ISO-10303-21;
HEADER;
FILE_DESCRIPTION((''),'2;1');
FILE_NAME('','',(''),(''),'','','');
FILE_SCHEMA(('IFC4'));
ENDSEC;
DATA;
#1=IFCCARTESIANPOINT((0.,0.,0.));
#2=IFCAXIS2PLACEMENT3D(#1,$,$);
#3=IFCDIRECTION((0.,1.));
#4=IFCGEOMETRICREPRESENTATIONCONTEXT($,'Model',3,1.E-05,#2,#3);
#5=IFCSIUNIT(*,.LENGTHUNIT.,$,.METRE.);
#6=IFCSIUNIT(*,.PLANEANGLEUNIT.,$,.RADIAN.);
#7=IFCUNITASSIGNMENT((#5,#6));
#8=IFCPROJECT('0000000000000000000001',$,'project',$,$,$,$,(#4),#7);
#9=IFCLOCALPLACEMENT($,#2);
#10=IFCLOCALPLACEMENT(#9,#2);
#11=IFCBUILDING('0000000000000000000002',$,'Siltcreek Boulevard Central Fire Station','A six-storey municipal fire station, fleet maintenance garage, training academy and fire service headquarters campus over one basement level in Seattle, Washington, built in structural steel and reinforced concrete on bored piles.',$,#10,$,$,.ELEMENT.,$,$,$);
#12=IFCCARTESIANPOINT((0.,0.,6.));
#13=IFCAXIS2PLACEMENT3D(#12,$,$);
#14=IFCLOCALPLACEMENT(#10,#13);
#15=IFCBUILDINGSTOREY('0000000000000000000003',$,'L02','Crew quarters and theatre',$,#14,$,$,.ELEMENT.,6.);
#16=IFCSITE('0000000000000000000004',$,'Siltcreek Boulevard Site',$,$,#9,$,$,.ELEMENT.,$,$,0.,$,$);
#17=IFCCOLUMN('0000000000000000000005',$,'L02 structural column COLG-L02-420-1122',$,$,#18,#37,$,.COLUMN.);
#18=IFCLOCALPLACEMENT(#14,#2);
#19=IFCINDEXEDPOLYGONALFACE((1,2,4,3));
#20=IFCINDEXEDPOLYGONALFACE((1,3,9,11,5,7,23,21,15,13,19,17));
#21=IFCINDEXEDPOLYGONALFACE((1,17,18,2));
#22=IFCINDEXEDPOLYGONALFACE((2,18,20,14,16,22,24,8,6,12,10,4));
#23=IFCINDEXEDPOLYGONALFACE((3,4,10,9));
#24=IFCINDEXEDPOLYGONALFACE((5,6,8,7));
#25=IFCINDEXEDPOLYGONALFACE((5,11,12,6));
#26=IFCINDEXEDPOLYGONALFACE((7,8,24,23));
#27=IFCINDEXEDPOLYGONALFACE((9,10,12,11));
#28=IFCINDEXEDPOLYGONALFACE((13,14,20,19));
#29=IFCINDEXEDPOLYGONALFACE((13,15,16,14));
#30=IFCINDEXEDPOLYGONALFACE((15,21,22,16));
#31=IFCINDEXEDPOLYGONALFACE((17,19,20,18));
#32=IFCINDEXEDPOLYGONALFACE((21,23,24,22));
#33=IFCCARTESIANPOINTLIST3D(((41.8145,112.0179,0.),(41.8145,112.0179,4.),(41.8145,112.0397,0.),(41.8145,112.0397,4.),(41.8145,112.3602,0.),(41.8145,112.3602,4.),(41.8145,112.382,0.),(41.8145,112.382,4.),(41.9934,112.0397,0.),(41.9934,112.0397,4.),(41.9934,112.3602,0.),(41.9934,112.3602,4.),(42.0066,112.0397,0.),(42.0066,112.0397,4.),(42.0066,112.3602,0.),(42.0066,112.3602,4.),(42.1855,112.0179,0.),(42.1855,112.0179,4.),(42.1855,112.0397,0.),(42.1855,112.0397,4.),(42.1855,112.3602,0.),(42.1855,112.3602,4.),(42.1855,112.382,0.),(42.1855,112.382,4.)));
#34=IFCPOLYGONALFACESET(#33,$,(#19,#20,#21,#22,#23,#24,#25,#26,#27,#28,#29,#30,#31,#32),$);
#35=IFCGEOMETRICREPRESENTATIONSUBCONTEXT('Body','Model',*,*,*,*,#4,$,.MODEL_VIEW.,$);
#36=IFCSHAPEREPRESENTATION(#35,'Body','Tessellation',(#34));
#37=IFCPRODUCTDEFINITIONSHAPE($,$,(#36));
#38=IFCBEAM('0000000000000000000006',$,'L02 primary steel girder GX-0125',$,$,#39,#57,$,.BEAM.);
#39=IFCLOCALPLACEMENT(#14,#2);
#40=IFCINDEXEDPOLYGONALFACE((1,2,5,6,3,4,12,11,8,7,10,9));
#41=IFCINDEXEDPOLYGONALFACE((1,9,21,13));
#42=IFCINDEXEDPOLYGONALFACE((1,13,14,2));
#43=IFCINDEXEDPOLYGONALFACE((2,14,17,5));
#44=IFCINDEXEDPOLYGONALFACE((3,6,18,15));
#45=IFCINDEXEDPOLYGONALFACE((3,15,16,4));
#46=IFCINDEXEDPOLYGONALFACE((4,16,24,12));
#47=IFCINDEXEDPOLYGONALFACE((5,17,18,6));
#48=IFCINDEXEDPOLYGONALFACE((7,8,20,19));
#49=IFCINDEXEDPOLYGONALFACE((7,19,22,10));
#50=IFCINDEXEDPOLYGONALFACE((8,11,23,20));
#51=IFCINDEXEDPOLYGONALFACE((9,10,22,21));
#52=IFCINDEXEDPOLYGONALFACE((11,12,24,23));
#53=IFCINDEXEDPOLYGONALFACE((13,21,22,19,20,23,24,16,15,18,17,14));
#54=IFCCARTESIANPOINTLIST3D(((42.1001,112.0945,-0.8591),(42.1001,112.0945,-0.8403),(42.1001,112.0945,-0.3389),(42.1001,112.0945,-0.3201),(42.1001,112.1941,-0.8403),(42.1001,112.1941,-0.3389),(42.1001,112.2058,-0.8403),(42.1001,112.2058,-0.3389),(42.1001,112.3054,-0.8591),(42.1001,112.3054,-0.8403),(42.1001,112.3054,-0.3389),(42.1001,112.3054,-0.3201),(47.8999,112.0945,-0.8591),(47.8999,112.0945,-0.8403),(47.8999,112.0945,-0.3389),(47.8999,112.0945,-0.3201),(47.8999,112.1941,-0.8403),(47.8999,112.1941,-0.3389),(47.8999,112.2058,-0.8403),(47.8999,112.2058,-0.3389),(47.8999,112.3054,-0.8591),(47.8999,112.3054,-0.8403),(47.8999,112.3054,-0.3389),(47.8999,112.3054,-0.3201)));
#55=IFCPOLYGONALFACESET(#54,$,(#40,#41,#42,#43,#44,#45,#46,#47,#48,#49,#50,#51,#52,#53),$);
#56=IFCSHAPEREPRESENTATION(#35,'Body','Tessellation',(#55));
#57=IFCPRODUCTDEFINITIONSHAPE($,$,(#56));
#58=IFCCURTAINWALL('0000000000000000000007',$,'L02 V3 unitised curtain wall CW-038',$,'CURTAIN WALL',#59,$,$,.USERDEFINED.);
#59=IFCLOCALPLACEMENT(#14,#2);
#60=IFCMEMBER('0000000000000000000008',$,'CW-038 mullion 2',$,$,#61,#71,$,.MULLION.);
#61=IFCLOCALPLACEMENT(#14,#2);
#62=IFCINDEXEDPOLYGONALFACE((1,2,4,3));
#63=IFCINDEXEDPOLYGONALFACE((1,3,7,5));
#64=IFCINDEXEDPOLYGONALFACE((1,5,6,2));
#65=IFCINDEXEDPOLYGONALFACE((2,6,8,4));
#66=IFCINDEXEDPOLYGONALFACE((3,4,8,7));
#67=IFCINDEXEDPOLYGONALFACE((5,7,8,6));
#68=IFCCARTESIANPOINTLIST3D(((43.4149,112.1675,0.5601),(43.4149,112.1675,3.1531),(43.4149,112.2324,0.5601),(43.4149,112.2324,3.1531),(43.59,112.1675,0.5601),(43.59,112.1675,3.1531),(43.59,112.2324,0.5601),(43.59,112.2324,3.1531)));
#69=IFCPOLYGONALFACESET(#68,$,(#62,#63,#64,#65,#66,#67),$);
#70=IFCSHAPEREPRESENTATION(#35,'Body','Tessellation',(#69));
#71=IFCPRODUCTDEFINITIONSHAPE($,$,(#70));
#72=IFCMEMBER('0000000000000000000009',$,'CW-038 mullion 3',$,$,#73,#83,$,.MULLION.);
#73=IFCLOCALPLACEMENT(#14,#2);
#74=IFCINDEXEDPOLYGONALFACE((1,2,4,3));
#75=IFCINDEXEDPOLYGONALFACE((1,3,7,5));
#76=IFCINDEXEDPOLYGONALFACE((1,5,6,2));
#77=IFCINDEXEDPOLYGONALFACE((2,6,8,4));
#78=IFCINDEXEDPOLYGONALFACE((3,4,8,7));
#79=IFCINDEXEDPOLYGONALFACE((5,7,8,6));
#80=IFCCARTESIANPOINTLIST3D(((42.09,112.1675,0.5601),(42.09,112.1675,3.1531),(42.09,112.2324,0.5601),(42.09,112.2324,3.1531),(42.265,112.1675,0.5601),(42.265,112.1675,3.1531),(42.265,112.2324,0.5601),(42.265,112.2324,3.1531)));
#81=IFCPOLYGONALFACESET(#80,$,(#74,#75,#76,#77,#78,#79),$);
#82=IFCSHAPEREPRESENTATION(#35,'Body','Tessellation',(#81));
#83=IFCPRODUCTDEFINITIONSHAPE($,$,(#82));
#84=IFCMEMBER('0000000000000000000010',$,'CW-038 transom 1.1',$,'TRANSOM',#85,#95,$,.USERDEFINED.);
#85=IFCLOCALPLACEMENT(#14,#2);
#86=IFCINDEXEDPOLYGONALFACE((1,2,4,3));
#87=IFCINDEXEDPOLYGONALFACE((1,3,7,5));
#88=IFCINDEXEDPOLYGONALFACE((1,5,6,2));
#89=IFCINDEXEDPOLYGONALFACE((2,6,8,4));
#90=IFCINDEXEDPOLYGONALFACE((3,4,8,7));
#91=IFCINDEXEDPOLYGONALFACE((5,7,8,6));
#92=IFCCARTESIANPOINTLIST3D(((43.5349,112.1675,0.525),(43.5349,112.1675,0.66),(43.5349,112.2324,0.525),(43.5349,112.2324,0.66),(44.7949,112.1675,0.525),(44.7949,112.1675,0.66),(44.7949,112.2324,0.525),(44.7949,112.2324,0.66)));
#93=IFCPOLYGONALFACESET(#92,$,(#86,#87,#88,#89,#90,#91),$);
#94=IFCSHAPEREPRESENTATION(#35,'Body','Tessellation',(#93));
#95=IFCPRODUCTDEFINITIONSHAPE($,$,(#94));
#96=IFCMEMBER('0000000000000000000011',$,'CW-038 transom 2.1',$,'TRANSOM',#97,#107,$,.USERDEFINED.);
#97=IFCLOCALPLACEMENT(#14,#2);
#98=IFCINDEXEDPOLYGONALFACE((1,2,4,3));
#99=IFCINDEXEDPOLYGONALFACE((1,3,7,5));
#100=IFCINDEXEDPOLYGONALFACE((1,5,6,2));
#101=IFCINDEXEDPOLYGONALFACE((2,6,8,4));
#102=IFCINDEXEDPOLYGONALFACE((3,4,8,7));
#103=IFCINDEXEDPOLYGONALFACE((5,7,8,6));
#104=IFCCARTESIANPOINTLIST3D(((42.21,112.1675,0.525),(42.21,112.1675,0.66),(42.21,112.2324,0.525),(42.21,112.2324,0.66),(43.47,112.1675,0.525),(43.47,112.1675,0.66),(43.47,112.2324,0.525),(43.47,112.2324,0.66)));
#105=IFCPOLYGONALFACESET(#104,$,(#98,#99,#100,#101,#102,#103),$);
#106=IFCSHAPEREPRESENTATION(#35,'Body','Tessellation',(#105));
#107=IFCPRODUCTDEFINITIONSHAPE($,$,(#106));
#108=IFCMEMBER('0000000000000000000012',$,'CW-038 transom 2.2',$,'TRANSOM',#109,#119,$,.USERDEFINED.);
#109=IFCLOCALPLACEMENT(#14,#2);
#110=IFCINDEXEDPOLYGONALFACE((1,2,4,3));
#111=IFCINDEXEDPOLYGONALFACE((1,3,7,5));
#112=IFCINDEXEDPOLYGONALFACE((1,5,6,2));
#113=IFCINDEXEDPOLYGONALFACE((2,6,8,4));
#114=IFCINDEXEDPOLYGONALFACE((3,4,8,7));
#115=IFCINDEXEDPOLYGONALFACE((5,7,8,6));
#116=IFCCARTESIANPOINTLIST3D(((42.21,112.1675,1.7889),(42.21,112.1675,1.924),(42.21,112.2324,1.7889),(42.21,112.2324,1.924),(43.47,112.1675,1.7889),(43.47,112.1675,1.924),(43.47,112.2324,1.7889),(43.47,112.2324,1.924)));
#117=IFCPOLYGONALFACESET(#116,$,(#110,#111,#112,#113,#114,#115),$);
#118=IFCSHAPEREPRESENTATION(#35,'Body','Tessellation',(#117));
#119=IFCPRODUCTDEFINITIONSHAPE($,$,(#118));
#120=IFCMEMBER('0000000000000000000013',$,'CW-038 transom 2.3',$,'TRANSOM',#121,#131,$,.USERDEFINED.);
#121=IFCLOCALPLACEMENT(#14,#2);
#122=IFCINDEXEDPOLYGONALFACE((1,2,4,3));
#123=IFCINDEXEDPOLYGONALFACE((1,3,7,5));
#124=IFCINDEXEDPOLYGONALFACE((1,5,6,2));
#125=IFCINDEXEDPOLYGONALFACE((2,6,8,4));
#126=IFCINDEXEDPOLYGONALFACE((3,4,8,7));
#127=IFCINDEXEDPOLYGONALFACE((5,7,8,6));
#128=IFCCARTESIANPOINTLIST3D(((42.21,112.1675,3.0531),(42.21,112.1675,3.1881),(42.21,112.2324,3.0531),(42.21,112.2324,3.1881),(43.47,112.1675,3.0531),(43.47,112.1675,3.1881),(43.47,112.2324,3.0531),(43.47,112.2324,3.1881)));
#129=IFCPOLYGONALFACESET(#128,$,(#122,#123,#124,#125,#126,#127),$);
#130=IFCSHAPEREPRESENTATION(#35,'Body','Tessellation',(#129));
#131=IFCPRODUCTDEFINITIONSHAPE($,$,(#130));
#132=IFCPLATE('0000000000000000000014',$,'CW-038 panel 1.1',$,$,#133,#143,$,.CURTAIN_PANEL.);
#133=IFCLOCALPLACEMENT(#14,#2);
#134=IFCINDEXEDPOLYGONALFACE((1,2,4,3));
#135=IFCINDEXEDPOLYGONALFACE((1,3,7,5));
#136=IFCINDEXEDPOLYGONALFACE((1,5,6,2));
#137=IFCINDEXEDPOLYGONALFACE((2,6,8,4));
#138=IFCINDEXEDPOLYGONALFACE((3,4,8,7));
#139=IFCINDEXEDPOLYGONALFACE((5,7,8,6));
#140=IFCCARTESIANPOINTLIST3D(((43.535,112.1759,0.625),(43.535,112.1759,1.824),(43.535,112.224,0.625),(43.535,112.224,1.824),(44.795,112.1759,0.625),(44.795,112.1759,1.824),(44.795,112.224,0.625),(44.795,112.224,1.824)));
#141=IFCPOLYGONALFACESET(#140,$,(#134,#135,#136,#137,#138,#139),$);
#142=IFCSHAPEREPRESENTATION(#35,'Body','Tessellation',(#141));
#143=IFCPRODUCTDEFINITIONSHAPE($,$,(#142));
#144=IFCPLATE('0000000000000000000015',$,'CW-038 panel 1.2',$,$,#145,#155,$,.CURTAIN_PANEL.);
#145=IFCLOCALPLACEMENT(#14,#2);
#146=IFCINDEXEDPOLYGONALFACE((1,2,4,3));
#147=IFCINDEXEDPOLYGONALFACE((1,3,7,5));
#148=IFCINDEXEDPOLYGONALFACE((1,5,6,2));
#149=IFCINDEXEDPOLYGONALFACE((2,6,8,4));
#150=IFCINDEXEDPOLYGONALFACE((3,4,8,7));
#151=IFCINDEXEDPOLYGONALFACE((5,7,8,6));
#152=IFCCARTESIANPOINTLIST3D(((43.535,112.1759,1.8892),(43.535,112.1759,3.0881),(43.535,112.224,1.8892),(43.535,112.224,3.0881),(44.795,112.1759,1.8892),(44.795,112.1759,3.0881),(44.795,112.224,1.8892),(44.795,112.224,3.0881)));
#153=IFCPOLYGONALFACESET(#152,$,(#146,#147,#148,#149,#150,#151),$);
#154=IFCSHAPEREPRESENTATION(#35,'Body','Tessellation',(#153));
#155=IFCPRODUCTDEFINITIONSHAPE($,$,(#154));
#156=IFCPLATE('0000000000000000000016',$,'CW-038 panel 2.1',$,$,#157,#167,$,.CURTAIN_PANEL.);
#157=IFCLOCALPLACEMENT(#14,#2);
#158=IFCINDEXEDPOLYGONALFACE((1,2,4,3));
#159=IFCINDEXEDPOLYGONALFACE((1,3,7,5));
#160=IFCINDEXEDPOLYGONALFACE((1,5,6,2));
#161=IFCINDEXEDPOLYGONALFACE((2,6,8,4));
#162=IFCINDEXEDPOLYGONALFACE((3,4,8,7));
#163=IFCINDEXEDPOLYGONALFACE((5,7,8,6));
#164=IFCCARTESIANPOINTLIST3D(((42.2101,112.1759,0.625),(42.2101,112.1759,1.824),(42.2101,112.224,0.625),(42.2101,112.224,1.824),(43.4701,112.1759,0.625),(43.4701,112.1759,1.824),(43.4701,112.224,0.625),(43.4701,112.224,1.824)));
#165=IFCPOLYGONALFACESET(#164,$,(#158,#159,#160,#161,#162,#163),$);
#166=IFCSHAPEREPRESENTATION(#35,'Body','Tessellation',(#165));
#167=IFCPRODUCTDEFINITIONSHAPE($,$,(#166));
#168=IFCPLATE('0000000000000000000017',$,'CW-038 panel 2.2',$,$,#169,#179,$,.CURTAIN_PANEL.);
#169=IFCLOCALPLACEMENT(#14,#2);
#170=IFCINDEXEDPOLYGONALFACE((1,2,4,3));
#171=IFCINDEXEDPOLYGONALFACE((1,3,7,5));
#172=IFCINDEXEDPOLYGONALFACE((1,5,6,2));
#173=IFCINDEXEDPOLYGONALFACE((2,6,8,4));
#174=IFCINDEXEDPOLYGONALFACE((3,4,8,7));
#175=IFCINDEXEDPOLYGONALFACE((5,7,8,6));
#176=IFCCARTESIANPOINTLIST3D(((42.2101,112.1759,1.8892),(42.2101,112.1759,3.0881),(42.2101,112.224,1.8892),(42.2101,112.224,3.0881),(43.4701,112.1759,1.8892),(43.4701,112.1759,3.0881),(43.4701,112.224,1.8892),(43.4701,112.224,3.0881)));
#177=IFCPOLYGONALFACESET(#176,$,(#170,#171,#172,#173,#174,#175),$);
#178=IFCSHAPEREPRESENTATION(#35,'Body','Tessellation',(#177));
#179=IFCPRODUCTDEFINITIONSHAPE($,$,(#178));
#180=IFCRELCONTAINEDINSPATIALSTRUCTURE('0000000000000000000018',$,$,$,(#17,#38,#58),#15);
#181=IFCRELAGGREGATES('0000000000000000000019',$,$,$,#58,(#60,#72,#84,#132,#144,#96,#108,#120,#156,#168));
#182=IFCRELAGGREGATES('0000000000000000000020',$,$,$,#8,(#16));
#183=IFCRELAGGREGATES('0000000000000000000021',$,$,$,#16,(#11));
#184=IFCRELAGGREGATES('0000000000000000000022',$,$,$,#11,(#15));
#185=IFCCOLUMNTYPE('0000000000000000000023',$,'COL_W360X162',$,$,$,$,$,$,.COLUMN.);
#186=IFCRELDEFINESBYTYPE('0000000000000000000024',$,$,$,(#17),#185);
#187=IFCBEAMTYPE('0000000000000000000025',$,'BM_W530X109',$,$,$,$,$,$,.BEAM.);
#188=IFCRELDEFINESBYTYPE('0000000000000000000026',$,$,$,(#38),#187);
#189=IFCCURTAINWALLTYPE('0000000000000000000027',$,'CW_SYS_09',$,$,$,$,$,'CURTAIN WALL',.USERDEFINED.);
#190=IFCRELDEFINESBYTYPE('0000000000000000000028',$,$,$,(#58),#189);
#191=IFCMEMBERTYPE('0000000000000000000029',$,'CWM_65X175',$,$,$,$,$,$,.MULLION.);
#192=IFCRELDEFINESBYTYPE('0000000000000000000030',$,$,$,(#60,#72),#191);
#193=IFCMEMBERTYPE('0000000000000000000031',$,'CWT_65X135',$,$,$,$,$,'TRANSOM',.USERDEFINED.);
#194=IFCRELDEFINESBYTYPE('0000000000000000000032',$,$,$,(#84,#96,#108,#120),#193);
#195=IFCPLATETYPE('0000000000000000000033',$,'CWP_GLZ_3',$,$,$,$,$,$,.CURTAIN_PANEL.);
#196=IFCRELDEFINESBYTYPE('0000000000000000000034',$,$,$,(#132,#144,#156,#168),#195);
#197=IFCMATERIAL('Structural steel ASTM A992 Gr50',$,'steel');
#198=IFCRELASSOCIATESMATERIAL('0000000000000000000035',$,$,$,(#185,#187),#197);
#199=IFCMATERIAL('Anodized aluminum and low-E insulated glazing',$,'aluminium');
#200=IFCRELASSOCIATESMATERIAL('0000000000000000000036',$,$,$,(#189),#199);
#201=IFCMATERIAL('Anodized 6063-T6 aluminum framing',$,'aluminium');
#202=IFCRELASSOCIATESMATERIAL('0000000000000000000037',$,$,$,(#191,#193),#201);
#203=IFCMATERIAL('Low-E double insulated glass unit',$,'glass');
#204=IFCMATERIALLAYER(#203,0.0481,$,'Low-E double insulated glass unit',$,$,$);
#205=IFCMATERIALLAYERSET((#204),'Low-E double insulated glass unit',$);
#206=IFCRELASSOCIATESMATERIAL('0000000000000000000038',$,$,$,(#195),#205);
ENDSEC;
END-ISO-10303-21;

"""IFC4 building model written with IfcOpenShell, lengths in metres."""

from ifc_helpers import new_model, si_unit, direction, frame, origin, origin_2d, place, context, subcontext, project, spatial, rectangle, i_section, extrude, material, layer, layer_set, material_profile, profile_set, type_object, element, aggregate, save


model = new_model("IFC4")

# Units and contexts
model_context = context("Model", 3, precision=1e-05, world=origin(), true_north=direction((0.0, 1.0)))
body_context = subcontext(model_context, "Body", "Model", "MODEL_VIEW")
ifc_project = project(units=[si_unit("LENGTHUNIT", "METRE"), si_unit("PLANEANGLEUNIT", "RADIAN")], contexts=[model_context])

# Site, building, storey
site_placement = place(None, origin())
site = spatial("IfcSite", under=ifc_project, at=site_placement, Name="Siltcreek Boulevard Site", CompositionType="ELEMENT", RefElevation=0.0)
building_placement = place(site_placement, origin())
building = spatial("IfcBuilding", under=site, at=building_placement, Name="Siltcreek Boulevard Central Fire Station", Description="A six-storey municipal fire station, fleet maintenance garage, training academy and fire service headquarters campus over one basement level in Seattle, Washington, built in structural steel and reinforced concrete on bored piles.", CompositionType="ELEMENT")
storey_placement = place(building_placement, frame((0.0, 0.0, 6.0)))
storey = spatial("IfcBuildingStorey", under=building, at=storey_placement, Name="L02", Description="Crew quarters and theatre", CompositionType="ELEMENT", Elevation=6.0)

# Column
ifc_material_1 = material(Name="Structural steel ASTM A992 Gr50", Category="steel")
ifc_material_profile_1 = material_profile(ifc_material_1, i_section(OverallWidth=0.3711, OverallDepth=0.364, WebThickness=0.0132, FlangeThickness=0.0217, at=origin_2d()), Name="W360X162")
ifc_profile_set_1 = profile_set([ifc_material_profile_1], Name="Structural steel ASTM A992 Gr50")
column_type = type_object("IfcColumnType", Name="COL_W360X162", PredefinedType="COLUMN", material=ifc_profile_set_1)
column_placement = place(storey_placement, frame((42.0, 112.2, 0.0), z_axis=(0.0, 0.0, 1.0), x_axis=(1.0, 0.0, 0.0)))
element("IfcColumn", 1, at=column_placement, inside=storey, type_object=column_type, Name="L02 structural column COLG-L02-420-1122", PredefinedType="COLUMN", context=body_context, shape_type="SweptSolid", body=[
    extrude(i_section(OverallWidth=0.3711, OverallDepth=0.364, WebThickness=0.0132, FlangeThickness=0.0217, at=origin_2d()), origin(), (0.0, 0.0, 1.0), 4.0),
])

# Beam
ifc_material_profile_2 = material_profile(ifc_material_1, i_section(OverallWidth=0.2109, OverallDepth=0.5391, WebThickness=0.0117, FlangeThickness=0.0188, at=origin_2d()), Name="W530X109")
ifc_profile_set_2 = profile_set([ifc_material_profile_2], Name="Structural steel ASTM A992 Gr50")
beam_type = type_object("IfcBeamType", Name="BM_W530X109", PredefinedType="BEAM", material=ifc_profile_set_2)
beam_placement = place(storey_placement, frame((42.1001, 112.2, -0.5896), z_axis=(1.0, 0.0, 0.0), x_axis=(0.0, 1.0, 0.0)))
element("IfcBeam", 2, at=beam_placement, inside=storey, type_object=beam_type, Name="L02 primary steel girder GX-0125", PredefinedType="BEAM", context=body_context, shape_type="SweptSolid", body=[
    extrude(i_section(OverallWidth=0.2109, OverallDepth=0.5391, WebThickness=0.0117, FlangeThickness=0.0188, at=origin_2d()), origin(), (0.0, 0.0, 1.0), 5.7998),
])

# Curtain wall, members, plates
ifc_material_2 = material(Name="Anodized aluminum and low-E insulated glazing", Category="aluminium")
curtain_wall_type = type_object("IfcCurtainWallType", Name="CW_SYS_09", ElementType="CURTAIN WALL", PredefinedType="USERDEFINED", material=ifc_material_2)
curtain_wall_placement = place(storey_placement, origin())
curtain_wall = element("IfcCurtainWall", 3, at=curtain_wall_placement, inside=storey, type_object=curtain_wall_type, Name="L02 V3 unitised curtain wall CW-038", ObjectType="CURTAIN WALL", PredefinedType="USERDEFINED")
ifc_material_3 = material(Name="Anodized 6063-T6 aluminum framing", Category="aluminium")
ifc_material_profile_3 = material_profile(ifc_material_3, rectangle(XDim=0.0649, YDim=0.175, at=origin_2d()), Name="MULL65X175")
ifc_profile_set_3 = profile_set([ifc_material_profile_3], Name="Anodized 6063-T6 aluminum framing")
member_type_1 = type_object("IfcMemberType", Name="CWM_65X175", PredefinedType="MULLION", material=ifc_profile_set_3)
member_1_placement = place(storey_placement, frame((43.5024, 112.2, 0.5601), z_axis=(0.0, 0.0, 1.0), x_axis=(0.0, -1.0, 0.0)))
member_1 = element("IfcMember", 4, at=member_1_placement, type_object=member_type_1, Name="CW-038 mullion 2", PredefinedType="MULLION", context=body_context, shape_type="SweptSolid", body=[
    extrude(rectangle(XDim=0.0649, YDim=0.175, at=origin_2d()), origin(), (0.0, 0.0, 1.0), 2.593),
])
member_2_placement = place(storey_placement, frame((42.1775, 112.2, 0.5601), z_axis=(0.0, 0.0, 1.0), x_axis=(0.0, -1.0, 0.0)))
member_2 = element("IfcMember", 5, at=member_2_placement, type_object=member_type_1, Name="CW-038 mullion 3", PredefinedType="MULLION", context=body_context, shape_type="SweptSolid", body=[
    extrude(rectangle(XDim=0.0649, YDim=0.175, at=origin_2d()), origin(), (0.0, 0.0, 1.0), 2.593),
])
ifc_material_profile_4 = material_profile(ifc_material_3, rectangle(XDim=0.0649, YDim=0.135, at=origin_2d()), Name="TRAN65X135")
ifc_profile_set_4 = profile_set([ifc_material_profile_4], Name="Anodized 6063-T6 aluminum framing")
member_type_2 = type_object("IfcMemberType", Name="CWT_65X135", ElementType="TRANSOM", PredefinedType="USERDEFINED", material=ifc_profile_set_4)
member_3_placement = place(storey_placement, frame((44.7949, 112.2, 0.5925), z_axis=(-1.0, 0.0, 0.0), x_axis=(0.0, -1.0, 0.0)))
member_3 = element("IfcMember", 6, at=member_3_placement, type_object=member_type_2, Name="CW-038 transom 1.1", ObjectType="TRANSOM", PredefinedType="USERDEFINED", context=body_context, shape_type="SweptSolid", body=[
    extrude(rectangle(XDim=0.0649, YDim=0.135, at=origin_2d()), origin(), (0.0, 0.0, 1.0), 1.26),
])
member_4_placement = place(storey_placement, frame((43.47, 112.2, 0.5925), z_axis=(-1.0, 0.0, 0.0), x_axis=(0.0, -1.0, 0.0)))
member_4 = element("IfcMember", 7, at=member_4_placement, type_object=member_type_2, Name="CW-038 transom 2.1", ObjectType="TRANSOM", PredefinedType="USERDEFINED", context=body_context, shape_type="SweptSolid", body=[
    extrude(rectangle(XDim=0.0649, YDim=0.135, at=origin_2d()), origin(), (0.0, 0.0, 1.0), 1.26),
])
member_5_placement = place(storey_placement, frame((43.47, 112.2, 1.8564), z_axis=(-1.0, 0.0, 0.0), x_axis=(0.0, -1.0, 0.0)))
member_5 = element("IfcMember", 8, at=member_5_placement, type_object=member_type_2, Name="CW-038 transom 2.2", ObjectType="TRANSOM", PredefinedType="USERDEFINED", context=body_context, shape_type="SweptSolid", body=[
    extrude(rectangle(XDim=0.0649, YDim=0.135, at=origin_2d()), origin(), (0.0, 0.0, 1.0), 1.26),
])
member_6_placement = place(storey_placement, frame((43.47, 112.2, 3.1206), z_axis=(-1.0, 0.0, 0.0), x_axis=(0.0, -1.0, 0.0)))
member_6 = element("IfcMember", 9, at=member_6_placement, type_object=member_type_2, Name="CW-038 transom 2.3", ObjectType="TRANSOM", PredefinedType="USERDEFINED", context=body_context, shape_type="SweptSolid", body=[
    extrude(rectangle(XDim=0.0649, YDim=0.135, at=origin_2d()), origin(), (0.0, 0.0, 1.0), 1.26),
])
ifc_material_4 = material(Name="Low-E double insulated glass unit", Category="glass")
ifc_layer_1 = layer(ifc_material_4, 0.0481, Name="Low-E double insulated glass unit")
ifc_layer_set_1 = layer_set([ifc_layer_1], Name="Low-E double insulated glass unit")
plate_type_1 = type_object("IfcPlateType", Name="CWP_GLZ_3", PredefinedType="CURTAIN_PANEL", material=ifc_layer_set_1)
plate_1_placement = place(storey_placement, frame((44.165, 112.2, 0.625), z_axis=(0.0, 0.0, 1.0), x_axis=(-1.0, 0.0, 0.0)))
plate_1 = element("IfcPlate", 10, at=plate_1_placement, type_object=plate_type_1, Name="CW-038 panel 1.1", PredefinedType="CURTAIN_PANEL", context=body_context, shape_type="SweptSolid", body=[
    extrude(rectangle(XDim=1.26, YDim=0.0481, at=origin_2d()), origin(), (0.0, 0.0, 1.0), 1.199),
])
plate_2_placement = place(storey_placement, frame((44.165, 112.2, 1.8892), z_axis=(0.0, 0.0, 1.0), x_axis=(-1.0, 0.0, 0.0)))
plate_2 = element("IfcPlate", 11, at=plate_2_placement, type_object=plate_type_1, Name="CW-038 panel 1.2", PredefinedType="CURTAIN_PANEL", context=body_context, shape_type="SweptSolid", body=[
    extrude(rectangle(XDim=1.26, YDim=0.0481, at=origin_2d()), origin(), (0.0, 0.0, 1.0), 1.199),
])
plate_3_placement = place(storey_placement, frame((42.8401, 112.2, 0.625), z_axis=(0.0, 0.0, 1.0), x_axis=(-1.0, 0.0, 0.0)))
plate_3 = element("IfcPlate", 12, at=plate_3_placement, type_object=plate_type_1, Name="CW-038 panel 2.1", PredefinedType="CURTAIN_PANEL", context=body_context, shape_type="SweptSolid", body=[
    extrude(rectangle(XDim=1.26, YDim=0.0481, at=origin_2d()), origin(), (0.0, 0.0, 1.0), 1.199),
])
plate_4_placement = place(storey_placement, frame((42.8401, 112.2, 1.8892), z_axis=(0.0, 0.0, 1.0), x_axis=(-1.0, 0.0, 0.0)))
plate_4 = element("IfcPlate", 13, at=plate_4_placement, type_object=plate_type_1, Name="CW-038 panel 2.2", PredefinedType="CURTAIN_PANEL", context=body_context, shape_type="SweptSolid", body=[
    extrude(rectangle(XDim=1.26, YDim=0.0481, at=origin_2d()), origin(), (0.0, 0.0, 1.0), 1.199),
])
aggregate(curtain_wall, [member_1, member_2, member_3, plate_1, plate_2, member_4, member_5, member_6, plate_3, plate_4])

save(model, "model.ifc")
